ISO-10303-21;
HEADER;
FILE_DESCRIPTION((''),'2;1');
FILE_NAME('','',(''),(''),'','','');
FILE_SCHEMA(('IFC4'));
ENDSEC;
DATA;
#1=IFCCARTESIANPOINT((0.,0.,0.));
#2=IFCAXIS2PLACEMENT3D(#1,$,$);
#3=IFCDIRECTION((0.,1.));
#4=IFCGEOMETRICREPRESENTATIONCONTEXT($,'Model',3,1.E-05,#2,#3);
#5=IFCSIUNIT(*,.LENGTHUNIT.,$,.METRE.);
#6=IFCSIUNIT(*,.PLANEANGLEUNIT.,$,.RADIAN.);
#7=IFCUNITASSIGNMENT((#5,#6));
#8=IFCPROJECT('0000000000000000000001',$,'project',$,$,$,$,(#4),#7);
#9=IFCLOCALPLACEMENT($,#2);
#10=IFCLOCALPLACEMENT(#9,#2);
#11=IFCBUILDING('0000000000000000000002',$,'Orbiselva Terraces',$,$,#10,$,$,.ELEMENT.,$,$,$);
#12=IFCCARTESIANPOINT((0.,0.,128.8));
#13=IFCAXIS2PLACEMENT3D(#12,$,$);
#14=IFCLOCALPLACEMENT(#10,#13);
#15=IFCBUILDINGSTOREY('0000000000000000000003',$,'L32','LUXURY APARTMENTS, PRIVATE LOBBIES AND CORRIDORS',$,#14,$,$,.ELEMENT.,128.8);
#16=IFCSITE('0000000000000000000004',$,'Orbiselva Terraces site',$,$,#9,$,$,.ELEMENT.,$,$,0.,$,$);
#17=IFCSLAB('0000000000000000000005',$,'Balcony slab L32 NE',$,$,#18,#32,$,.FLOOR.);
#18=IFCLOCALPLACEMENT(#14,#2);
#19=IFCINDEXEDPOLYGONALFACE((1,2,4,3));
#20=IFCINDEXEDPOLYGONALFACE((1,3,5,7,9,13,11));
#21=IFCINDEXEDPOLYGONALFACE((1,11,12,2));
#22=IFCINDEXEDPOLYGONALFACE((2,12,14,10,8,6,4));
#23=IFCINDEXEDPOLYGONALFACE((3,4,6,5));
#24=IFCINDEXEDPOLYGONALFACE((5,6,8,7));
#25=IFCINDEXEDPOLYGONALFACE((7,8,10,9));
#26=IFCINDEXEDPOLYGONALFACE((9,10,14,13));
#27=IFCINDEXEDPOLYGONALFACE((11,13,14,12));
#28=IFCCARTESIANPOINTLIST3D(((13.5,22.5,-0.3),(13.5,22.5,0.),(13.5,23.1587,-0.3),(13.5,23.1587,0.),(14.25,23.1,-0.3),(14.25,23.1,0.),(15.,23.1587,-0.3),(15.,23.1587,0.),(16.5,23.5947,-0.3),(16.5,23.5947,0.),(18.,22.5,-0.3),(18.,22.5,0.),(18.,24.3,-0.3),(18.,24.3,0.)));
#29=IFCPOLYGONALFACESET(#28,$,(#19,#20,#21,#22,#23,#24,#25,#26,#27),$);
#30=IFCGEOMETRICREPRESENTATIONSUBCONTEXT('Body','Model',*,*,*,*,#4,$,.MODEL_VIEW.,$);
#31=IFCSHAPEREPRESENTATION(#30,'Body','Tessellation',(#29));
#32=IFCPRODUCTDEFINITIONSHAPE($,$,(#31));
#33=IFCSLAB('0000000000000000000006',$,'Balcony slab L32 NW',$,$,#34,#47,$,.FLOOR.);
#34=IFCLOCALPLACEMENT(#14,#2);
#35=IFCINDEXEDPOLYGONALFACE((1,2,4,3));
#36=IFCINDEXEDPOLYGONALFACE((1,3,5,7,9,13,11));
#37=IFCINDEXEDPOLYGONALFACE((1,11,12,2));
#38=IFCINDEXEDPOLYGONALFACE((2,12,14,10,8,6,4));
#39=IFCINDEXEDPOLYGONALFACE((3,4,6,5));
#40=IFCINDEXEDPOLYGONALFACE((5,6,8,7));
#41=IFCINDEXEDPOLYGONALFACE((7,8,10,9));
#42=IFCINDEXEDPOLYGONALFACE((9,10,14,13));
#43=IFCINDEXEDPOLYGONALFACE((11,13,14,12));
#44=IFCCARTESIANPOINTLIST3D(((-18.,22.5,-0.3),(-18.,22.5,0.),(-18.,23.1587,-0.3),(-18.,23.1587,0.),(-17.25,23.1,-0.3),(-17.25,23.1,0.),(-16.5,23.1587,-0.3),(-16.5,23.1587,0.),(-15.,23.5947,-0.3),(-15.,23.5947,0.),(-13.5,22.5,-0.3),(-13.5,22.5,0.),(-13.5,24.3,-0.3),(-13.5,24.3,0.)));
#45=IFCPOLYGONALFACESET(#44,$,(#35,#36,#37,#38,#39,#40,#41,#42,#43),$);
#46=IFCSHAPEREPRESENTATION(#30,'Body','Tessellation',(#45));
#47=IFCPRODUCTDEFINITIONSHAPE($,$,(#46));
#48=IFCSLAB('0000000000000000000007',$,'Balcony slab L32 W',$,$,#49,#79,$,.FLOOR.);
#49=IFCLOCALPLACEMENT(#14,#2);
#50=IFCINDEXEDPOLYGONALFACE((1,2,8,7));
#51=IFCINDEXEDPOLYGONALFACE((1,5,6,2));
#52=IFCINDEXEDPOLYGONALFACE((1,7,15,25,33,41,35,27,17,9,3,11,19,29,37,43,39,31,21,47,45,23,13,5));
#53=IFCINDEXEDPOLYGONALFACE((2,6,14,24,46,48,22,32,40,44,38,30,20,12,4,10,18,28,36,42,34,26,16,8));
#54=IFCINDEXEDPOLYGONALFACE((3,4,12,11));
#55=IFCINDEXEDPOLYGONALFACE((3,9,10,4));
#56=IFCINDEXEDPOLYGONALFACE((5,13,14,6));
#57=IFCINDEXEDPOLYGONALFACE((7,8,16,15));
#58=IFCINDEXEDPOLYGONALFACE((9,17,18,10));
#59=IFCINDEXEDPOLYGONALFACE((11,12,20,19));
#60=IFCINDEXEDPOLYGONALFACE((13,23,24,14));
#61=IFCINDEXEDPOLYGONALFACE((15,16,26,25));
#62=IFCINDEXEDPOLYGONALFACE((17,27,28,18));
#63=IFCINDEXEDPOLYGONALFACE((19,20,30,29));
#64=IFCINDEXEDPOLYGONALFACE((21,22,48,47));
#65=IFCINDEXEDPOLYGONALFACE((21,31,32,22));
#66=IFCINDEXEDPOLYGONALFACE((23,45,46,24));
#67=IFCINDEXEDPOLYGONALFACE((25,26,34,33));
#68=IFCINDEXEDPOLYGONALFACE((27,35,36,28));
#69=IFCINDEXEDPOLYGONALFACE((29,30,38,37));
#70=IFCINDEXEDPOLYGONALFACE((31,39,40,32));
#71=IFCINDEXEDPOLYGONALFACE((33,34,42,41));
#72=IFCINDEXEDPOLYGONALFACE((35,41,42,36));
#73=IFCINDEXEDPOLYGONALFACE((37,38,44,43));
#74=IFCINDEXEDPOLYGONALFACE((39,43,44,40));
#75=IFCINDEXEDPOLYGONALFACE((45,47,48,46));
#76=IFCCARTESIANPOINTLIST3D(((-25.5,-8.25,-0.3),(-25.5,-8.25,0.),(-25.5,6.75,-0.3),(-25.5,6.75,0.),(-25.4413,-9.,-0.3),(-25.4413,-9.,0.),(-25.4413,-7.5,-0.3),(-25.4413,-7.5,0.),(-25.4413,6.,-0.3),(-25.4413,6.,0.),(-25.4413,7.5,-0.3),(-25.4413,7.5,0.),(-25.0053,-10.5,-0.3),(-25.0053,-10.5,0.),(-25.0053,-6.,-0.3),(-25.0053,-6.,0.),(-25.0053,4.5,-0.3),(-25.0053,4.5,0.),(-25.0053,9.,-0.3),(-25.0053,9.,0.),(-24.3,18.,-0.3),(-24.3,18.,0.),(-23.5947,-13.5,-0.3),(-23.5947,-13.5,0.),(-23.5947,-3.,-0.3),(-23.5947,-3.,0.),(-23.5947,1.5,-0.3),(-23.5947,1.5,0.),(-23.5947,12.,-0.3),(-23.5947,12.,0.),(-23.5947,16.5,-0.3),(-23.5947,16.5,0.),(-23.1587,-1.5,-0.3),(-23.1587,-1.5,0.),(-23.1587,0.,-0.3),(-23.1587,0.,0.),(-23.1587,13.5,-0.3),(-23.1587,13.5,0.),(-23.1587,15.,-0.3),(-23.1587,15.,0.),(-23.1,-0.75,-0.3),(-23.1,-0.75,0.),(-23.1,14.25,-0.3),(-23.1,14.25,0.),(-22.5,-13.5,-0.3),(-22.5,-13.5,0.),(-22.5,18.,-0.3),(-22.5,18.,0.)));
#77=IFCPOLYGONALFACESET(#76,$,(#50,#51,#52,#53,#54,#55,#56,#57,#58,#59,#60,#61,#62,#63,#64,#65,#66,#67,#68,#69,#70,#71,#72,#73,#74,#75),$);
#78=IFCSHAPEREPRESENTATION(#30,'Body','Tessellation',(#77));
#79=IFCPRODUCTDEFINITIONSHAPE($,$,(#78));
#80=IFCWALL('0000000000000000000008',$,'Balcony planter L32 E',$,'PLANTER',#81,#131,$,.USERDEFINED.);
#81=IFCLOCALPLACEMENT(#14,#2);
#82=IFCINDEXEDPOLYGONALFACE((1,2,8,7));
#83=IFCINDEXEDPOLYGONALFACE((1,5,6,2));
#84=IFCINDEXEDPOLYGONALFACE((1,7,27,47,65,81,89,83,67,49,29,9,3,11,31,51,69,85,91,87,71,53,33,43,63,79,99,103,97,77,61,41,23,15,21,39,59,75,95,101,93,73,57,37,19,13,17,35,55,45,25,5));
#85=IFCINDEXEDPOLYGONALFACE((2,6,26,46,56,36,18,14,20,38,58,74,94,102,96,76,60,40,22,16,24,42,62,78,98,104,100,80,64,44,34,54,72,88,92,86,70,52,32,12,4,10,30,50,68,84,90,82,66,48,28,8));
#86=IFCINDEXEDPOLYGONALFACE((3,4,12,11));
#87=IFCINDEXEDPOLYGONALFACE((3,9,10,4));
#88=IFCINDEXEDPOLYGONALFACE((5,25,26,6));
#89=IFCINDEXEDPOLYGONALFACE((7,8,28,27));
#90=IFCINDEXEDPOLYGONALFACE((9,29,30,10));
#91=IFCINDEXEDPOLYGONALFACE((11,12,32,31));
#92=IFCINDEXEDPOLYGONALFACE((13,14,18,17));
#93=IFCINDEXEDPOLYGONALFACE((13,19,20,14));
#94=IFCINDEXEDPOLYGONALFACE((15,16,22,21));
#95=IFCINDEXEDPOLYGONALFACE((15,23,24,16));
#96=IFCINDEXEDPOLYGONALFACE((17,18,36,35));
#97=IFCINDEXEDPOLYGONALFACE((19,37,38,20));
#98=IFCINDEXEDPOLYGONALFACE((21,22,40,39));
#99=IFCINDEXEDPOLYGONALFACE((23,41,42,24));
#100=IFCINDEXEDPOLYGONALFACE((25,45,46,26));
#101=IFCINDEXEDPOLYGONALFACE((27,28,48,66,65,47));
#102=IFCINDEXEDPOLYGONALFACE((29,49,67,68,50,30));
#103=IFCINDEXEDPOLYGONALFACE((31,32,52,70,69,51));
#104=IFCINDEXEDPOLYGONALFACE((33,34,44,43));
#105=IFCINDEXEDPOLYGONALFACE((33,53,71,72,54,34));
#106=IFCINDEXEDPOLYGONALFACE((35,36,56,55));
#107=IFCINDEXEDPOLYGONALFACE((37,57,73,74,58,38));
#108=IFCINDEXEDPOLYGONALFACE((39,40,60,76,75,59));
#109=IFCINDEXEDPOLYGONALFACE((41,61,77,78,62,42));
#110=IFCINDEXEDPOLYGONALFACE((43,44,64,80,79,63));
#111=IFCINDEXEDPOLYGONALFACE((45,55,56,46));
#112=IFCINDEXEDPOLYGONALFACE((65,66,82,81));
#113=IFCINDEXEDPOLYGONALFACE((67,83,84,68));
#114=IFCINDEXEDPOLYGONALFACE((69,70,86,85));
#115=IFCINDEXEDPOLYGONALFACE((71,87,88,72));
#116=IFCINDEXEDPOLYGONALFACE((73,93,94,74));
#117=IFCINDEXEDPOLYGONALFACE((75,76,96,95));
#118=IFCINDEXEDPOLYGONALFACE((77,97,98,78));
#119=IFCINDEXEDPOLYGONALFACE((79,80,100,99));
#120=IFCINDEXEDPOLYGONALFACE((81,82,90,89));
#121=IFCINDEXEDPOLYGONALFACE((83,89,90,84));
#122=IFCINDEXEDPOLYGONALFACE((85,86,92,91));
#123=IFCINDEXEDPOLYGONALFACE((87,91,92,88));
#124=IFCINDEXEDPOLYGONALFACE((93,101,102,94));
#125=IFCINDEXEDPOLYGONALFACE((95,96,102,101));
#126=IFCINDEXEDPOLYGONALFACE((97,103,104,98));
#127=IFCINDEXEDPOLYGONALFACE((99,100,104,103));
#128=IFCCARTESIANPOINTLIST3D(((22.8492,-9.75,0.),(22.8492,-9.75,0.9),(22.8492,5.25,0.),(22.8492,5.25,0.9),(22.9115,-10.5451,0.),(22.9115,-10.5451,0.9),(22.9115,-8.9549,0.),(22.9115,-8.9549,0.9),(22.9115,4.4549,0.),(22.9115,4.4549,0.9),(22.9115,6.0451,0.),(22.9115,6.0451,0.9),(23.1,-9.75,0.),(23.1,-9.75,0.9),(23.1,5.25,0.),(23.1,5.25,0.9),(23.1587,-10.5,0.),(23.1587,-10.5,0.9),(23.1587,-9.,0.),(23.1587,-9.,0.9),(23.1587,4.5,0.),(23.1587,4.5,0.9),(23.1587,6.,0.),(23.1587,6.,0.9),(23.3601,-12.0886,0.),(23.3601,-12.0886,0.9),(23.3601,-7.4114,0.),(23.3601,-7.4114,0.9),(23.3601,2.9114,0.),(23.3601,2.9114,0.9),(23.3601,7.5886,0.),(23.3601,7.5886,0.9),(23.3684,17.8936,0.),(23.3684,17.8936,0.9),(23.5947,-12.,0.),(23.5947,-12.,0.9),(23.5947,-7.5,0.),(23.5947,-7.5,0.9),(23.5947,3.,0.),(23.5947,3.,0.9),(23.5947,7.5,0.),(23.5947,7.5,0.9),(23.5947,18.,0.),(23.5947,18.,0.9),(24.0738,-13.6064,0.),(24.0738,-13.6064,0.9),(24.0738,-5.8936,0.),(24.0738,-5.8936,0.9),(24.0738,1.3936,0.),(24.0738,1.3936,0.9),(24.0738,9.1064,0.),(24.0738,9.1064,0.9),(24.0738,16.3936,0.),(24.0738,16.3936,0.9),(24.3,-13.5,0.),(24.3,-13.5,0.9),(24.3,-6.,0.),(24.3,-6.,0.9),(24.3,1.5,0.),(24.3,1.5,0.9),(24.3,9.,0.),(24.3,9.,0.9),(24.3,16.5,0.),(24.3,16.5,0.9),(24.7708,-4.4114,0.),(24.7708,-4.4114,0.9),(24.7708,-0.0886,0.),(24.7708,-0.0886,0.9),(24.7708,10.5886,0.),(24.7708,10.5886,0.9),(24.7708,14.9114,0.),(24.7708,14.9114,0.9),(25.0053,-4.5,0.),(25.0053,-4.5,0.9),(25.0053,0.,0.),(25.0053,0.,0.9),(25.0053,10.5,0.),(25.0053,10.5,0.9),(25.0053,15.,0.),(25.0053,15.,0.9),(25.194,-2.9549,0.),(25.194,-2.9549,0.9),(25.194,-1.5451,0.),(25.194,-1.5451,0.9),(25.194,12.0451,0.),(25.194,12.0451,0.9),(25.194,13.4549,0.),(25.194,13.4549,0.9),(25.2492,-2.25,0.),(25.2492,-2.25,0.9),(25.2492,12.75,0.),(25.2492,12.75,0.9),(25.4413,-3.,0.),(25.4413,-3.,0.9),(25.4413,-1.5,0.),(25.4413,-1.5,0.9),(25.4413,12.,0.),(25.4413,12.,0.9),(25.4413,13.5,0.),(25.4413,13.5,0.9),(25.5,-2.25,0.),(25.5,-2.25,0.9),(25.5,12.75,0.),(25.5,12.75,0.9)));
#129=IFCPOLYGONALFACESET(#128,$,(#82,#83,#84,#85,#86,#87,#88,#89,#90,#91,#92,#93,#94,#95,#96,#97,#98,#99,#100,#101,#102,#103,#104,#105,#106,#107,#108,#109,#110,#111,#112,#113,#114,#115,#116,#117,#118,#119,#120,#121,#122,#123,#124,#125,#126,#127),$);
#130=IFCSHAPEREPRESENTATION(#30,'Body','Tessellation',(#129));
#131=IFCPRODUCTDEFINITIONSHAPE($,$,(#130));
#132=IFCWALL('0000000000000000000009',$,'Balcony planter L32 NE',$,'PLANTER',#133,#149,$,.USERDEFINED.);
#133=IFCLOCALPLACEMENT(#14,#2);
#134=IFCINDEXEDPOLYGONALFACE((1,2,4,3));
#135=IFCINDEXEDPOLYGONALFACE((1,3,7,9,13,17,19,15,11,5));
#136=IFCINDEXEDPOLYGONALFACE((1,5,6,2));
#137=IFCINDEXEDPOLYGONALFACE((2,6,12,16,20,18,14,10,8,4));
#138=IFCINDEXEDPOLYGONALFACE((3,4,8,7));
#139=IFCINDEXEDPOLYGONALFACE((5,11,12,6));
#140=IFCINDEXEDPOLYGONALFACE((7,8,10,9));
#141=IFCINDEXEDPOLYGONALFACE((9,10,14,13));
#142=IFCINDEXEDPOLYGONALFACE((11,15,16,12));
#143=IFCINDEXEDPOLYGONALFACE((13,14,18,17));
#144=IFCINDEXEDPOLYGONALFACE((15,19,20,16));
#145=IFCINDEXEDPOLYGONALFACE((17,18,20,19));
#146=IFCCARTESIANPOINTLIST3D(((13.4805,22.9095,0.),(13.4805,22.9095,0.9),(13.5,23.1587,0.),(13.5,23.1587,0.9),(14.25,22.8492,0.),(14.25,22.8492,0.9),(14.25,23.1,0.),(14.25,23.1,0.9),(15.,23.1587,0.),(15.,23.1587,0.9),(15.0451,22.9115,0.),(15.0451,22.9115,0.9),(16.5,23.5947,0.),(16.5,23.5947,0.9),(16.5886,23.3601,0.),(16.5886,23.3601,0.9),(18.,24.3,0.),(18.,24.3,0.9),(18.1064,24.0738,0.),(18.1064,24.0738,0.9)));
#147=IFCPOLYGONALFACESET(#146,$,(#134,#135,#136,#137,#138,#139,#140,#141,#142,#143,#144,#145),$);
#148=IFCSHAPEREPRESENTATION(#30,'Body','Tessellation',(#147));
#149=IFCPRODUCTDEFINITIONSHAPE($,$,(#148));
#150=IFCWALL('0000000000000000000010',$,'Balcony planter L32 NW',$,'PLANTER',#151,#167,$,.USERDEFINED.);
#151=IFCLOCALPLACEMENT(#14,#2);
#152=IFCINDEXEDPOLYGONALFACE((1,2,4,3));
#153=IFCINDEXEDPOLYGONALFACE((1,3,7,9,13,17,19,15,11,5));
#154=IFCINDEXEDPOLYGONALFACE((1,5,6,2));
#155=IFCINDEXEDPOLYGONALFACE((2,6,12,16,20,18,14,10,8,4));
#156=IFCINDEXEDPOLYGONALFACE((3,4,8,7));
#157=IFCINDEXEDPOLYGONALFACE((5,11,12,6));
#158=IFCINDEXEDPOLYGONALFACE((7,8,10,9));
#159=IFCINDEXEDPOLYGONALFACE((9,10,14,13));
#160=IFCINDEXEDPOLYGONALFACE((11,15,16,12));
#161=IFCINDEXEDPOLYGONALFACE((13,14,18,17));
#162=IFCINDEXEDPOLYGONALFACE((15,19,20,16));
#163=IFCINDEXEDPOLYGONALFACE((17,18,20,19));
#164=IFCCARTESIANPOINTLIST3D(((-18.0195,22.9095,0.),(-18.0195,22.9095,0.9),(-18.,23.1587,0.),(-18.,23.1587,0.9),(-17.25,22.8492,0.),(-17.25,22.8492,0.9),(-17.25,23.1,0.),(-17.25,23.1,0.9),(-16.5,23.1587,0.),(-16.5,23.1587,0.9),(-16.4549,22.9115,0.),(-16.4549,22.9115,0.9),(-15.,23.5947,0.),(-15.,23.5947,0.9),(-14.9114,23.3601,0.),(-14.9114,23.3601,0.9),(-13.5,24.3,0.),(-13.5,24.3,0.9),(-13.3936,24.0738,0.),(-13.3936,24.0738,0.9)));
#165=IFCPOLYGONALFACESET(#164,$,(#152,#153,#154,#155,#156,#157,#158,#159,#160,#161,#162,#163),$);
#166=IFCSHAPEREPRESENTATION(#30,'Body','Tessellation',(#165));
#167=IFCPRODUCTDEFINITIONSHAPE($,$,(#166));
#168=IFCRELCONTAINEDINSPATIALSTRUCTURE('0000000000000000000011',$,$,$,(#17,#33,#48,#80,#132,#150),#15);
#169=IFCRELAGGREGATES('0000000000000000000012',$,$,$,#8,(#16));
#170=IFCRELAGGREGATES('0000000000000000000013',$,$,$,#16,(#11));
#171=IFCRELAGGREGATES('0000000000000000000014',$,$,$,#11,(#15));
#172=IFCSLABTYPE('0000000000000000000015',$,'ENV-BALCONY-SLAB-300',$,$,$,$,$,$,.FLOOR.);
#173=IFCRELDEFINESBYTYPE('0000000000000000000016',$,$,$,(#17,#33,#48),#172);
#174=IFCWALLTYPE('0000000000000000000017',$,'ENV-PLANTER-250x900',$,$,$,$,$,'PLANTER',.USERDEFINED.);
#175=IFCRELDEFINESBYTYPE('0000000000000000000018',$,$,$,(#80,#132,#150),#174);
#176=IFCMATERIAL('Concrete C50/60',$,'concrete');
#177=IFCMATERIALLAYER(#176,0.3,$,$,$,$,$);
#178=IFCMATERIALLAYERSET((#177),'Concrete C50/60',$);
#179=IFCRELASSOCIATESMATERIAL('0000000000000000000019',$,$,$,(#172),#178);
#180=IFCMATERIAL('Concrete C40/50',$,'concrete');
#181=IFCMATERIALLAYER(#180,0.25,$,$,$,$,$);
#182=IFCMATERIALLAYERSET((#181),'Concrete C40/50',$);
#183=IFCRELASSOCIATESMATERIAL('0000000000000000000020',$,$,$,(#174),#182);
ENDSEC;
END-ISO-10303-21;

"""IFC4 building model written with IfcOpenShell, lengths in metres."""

from ifc_helpers import new_model, si_unit, direction, frame, origin, place, context, subcontext, project, spatial, polyline, outline, extrude, material, layer, layer_set, type_object, element, save


model = new_model("IFC4")

# Units and contexts
model_context = context("Model", 3, precision=1e-05, world=origin(), true_north=direction((0.0, 1.0)))
body_context = subcontext(model_context, "Body", "Model", "MODEL_VIEW")
ifc_project = project(units=[si_unit("LENGTHUNIT", "METRE"), si_unit("PLANEANGLEUNIT", "RADIAN")], contexts=[model_context])

# Site, building, storey
site_placement = place(None, origin())
site = spatial("IfcSite", under=ifc_project, at=site_placement, Name="Orbiselva Terraces site", CompositionType="ELEMENT", RefElevation=0.0)
building_placement = place(site_placement, origin())
building = spatial("IfcBuilding", under=site, at=building_placement, Name="Orbiselva Terraces", CompositionType="ELEMENT")
storey_placement = place(building_placement, frame((0.0, 0.0, 128.8)))
storey = spatial("IfcBuildingStorey", under=building, at=storey_placement, Name="L32", Description="LUXURY APARTMENTS, PRIVATE LOBBIES AND CORRIDORS", CompositionType="ELEMENT", Elevation=128.8)

# Shared definitions
ifc_material_1 = material(Name="Concrete C40/50", Category="concrete")

# Slabs
ifc_material_2 = material(Name="Concrete C50/60", Category="concrete")
ifc_layer_1 = layer(ifc_material_2, 0.3)
ifc_layer_set_1 = layer_set([ifc_layer_1], Name="Concrete C50/60")
slab_type_1 = type_object("IfcSlabType", Name="ENV-BALCONY-SLAB-300", PredefinedType="FLOOR", material=ifc_layer_set_1)
slab_1_placement = place(storey_placement, frame((0.0, 0.0, -0.3)))
element("IfcSlab", 1, at=slab_1_placement, inside=storey, type_object=slab_type_1, Name="Balcony slab L32 NE", PredefinedType="FLOOR", context=body_context, shape_type="SweptSolid", body=[
    extrude(outline(polyline([(18.0, 24.3), (16.5, 23.5947), (15.0, 23.1587), (14.25, 23.1), (13.5, 23.1587), (13.5, 22.5), (18.0, 22.5), (18.0, 24.3)])), origin(), (0.0, 0.0, 1.0), 0.3),
])
slab_2_placement = place(storey_placement, frame((0.0, 0.0, -0.3)))
element("IfcSlab", 2, at=slab_2_placement, inside=storey, type_object=slab_type_1, Name="Balcony slab L32 NW", PredefinedType="FLOOR", context=body_context, shape_type="SweptSolid", body=[
    extrude(outline(polyline([(-13.5, 24.3), (-15.0, 23.5947), (-16.5, 23.1587), (-17.25, 23.1), (-18.0, 23.1587), (-18.0, 22.5), (-13.5, 22.5), (-13.5, 24.3)])), origin(), (0.0, 0.0, 1.0), 0.3),
])
slab_3_placement = place(storey_placement, frame((0.0, 0.0, -0.3)))
element("IfcSlab", 3, at=slab_3_placement, inside=storey, type_object=slab_type_1, Name="Balcony slab L32 W", PredefinedType="FLOOR", context=body_context, shape_type="SweptSolid", body=[
    extrude(outline(polyline([(-24.3, 18.0), (-23.5947, 16.5), (-23.1587, 15.0), (-23.1, 14.25), (-23.1587, 13.5), (-23.5947, 12.0), (-25.0053, 9.0), (-25.4413, 7.5), (-25.5, 6.75), (-25.4413, 6.0), (-25.0053, 4.5), (-23.5947, 1.5), (-23.1587, 0.0), (-23.1, -0.75), (-23.1587, -1.5), (-23.5947, -3.0), (-25.0053, -6.0), (-25.4413, -7.5), (-25.5, -8.25), (-25.4413, -9.0), (-25.0053, -10.5), (-23.5947, -13.5), (-22.5, -13.5), (-22.5, 18.0), (-24.3, 18.0)])), origin(), (0.0, 0.0, 1.0), 0.3),
])

# Walls
ifc_layer_2 = layer(ifc_material_1, 0.25)
ifc_layer_set_2 = layer_set([ifc_layer_2], Name="Concrete C40/50")
wall_type = type_object("IfcWallType", Name="ENV-PLANTER-250x900", ElementType="PLANTER", PredefinedType="USERDEFINED", material=ifc_layer_set_2)
wall_1_placement = place(storey_placement, origin())
element("IfcWall", 4, at=wall_1_placement, inside=storey, type_object=wall_type, Name="Balcony planter L32 E", ObjectType="PLANTER", PredefinedType="USERDEFINED", context=body_context, shape_type="SweptSolid", body=[
    extrude(outline(polyline([(24.3, -13.5), (23.5947, -12.0), (23.1587, -10.5), (23.1, -9.75), (23.1587, -9.0), (23.5947, -7.5), (24.3, -6.0), (25.0053, -4.5), (25.4413, -3.0), (25.5, -2.25), (25.4413, -1.5), (25.0053, 0.0), (24.3, 1.5), (23.5947, 3.0), (23.1587, 4.5), (23.1, 5.25), (23.1587, 6.0), (23.5947, 7.5), (24.3, 9.0), (25.0053, 10.5), (25.4413, 12.0), (25.5, 12.75), (25.4413, 13.5), (25.0053, 15.0), (24.3, 16.5), (23.5947, 18.0), (23.3684, 17.8936), (24.0738, 16.3936), (24.7708, 14.9114), (25.194, 13.4549), (25.2492, 12.75), (25.194, 12.0451), (24.7708, 10.5886), (24.0738, 9.1064), (23.3601, 7.5886), (22.9115, 6.0451), (22.8492, 5.25), (22.9115, 4.4549), (23.3601, 2.9114), (24.0738, 1.3936), (24.7708, -0.0886), (25.194, -1.5451), (25.2492, -2.25), (25.194, -2.9549), (24.7708, -4.4114), (24.0738, -5.8936), (23.3601, -7.4114), (22.9115, -8.9549), (22.8492, -9.75), (22.9115, -10.5451), (23.3601, -12.0886), (24.0738, -13.6064), (24.3, -13.5)])), origin(), (0.0, 0.0, 1.0), 0.9),
])
wall_2_placement = place(storey_placement, origin())
element("IfcWall", 5, at=wall_2_placement, inside=storey, type_object=wall_type, Name="Balcony planter L32 NE", ObjectType="PLANTER", PredefinedType="USERDEFINED", context=body_context, shape_type="SweptSolid", body=[
    extrude(outline(polyline([(18.0, 24.3), (16.5, 23.5947), (15.0, 23.1587), (14.25, 23.1), (13.5, 23.1587), (13.4805, 22.9095), (14.25, 22.8492), (15.0451, 22.9115), (16.5886, 23.3601), (18.1064, 24.0738), (18.0, 24.3)])), origin(), (0.0, 0.0, 1.0), 0.9),
])
wall_3_placement = place(storey_placement, origin())
element("IfcWall", 6, at=wall_3_placement, inside=storey, type_object=wall_type, Name="Balcony planter L32 NW", ObjectType="PLANTER", PredefinedType="USERDEFINED", context=body_context, shape_type="SweptSolid", body=[
    extrude(outline(polyline([(-13.5, 24.3), (-15.0, 23.5947), (-16.5, 23.1587), (-17.25, 23.1), (-18.0, 23.1587), (-18.0195, 22.9095), (-17.25, 22.8492), (-16.4549, 22.9115), (-14.9114, 23.3601), (-13.3936, 24.0738), (-13.5, 24.3)])), origin(), (0.0, 0.0, 1.0), 0.9),
])

save(model, "model.ifc")
